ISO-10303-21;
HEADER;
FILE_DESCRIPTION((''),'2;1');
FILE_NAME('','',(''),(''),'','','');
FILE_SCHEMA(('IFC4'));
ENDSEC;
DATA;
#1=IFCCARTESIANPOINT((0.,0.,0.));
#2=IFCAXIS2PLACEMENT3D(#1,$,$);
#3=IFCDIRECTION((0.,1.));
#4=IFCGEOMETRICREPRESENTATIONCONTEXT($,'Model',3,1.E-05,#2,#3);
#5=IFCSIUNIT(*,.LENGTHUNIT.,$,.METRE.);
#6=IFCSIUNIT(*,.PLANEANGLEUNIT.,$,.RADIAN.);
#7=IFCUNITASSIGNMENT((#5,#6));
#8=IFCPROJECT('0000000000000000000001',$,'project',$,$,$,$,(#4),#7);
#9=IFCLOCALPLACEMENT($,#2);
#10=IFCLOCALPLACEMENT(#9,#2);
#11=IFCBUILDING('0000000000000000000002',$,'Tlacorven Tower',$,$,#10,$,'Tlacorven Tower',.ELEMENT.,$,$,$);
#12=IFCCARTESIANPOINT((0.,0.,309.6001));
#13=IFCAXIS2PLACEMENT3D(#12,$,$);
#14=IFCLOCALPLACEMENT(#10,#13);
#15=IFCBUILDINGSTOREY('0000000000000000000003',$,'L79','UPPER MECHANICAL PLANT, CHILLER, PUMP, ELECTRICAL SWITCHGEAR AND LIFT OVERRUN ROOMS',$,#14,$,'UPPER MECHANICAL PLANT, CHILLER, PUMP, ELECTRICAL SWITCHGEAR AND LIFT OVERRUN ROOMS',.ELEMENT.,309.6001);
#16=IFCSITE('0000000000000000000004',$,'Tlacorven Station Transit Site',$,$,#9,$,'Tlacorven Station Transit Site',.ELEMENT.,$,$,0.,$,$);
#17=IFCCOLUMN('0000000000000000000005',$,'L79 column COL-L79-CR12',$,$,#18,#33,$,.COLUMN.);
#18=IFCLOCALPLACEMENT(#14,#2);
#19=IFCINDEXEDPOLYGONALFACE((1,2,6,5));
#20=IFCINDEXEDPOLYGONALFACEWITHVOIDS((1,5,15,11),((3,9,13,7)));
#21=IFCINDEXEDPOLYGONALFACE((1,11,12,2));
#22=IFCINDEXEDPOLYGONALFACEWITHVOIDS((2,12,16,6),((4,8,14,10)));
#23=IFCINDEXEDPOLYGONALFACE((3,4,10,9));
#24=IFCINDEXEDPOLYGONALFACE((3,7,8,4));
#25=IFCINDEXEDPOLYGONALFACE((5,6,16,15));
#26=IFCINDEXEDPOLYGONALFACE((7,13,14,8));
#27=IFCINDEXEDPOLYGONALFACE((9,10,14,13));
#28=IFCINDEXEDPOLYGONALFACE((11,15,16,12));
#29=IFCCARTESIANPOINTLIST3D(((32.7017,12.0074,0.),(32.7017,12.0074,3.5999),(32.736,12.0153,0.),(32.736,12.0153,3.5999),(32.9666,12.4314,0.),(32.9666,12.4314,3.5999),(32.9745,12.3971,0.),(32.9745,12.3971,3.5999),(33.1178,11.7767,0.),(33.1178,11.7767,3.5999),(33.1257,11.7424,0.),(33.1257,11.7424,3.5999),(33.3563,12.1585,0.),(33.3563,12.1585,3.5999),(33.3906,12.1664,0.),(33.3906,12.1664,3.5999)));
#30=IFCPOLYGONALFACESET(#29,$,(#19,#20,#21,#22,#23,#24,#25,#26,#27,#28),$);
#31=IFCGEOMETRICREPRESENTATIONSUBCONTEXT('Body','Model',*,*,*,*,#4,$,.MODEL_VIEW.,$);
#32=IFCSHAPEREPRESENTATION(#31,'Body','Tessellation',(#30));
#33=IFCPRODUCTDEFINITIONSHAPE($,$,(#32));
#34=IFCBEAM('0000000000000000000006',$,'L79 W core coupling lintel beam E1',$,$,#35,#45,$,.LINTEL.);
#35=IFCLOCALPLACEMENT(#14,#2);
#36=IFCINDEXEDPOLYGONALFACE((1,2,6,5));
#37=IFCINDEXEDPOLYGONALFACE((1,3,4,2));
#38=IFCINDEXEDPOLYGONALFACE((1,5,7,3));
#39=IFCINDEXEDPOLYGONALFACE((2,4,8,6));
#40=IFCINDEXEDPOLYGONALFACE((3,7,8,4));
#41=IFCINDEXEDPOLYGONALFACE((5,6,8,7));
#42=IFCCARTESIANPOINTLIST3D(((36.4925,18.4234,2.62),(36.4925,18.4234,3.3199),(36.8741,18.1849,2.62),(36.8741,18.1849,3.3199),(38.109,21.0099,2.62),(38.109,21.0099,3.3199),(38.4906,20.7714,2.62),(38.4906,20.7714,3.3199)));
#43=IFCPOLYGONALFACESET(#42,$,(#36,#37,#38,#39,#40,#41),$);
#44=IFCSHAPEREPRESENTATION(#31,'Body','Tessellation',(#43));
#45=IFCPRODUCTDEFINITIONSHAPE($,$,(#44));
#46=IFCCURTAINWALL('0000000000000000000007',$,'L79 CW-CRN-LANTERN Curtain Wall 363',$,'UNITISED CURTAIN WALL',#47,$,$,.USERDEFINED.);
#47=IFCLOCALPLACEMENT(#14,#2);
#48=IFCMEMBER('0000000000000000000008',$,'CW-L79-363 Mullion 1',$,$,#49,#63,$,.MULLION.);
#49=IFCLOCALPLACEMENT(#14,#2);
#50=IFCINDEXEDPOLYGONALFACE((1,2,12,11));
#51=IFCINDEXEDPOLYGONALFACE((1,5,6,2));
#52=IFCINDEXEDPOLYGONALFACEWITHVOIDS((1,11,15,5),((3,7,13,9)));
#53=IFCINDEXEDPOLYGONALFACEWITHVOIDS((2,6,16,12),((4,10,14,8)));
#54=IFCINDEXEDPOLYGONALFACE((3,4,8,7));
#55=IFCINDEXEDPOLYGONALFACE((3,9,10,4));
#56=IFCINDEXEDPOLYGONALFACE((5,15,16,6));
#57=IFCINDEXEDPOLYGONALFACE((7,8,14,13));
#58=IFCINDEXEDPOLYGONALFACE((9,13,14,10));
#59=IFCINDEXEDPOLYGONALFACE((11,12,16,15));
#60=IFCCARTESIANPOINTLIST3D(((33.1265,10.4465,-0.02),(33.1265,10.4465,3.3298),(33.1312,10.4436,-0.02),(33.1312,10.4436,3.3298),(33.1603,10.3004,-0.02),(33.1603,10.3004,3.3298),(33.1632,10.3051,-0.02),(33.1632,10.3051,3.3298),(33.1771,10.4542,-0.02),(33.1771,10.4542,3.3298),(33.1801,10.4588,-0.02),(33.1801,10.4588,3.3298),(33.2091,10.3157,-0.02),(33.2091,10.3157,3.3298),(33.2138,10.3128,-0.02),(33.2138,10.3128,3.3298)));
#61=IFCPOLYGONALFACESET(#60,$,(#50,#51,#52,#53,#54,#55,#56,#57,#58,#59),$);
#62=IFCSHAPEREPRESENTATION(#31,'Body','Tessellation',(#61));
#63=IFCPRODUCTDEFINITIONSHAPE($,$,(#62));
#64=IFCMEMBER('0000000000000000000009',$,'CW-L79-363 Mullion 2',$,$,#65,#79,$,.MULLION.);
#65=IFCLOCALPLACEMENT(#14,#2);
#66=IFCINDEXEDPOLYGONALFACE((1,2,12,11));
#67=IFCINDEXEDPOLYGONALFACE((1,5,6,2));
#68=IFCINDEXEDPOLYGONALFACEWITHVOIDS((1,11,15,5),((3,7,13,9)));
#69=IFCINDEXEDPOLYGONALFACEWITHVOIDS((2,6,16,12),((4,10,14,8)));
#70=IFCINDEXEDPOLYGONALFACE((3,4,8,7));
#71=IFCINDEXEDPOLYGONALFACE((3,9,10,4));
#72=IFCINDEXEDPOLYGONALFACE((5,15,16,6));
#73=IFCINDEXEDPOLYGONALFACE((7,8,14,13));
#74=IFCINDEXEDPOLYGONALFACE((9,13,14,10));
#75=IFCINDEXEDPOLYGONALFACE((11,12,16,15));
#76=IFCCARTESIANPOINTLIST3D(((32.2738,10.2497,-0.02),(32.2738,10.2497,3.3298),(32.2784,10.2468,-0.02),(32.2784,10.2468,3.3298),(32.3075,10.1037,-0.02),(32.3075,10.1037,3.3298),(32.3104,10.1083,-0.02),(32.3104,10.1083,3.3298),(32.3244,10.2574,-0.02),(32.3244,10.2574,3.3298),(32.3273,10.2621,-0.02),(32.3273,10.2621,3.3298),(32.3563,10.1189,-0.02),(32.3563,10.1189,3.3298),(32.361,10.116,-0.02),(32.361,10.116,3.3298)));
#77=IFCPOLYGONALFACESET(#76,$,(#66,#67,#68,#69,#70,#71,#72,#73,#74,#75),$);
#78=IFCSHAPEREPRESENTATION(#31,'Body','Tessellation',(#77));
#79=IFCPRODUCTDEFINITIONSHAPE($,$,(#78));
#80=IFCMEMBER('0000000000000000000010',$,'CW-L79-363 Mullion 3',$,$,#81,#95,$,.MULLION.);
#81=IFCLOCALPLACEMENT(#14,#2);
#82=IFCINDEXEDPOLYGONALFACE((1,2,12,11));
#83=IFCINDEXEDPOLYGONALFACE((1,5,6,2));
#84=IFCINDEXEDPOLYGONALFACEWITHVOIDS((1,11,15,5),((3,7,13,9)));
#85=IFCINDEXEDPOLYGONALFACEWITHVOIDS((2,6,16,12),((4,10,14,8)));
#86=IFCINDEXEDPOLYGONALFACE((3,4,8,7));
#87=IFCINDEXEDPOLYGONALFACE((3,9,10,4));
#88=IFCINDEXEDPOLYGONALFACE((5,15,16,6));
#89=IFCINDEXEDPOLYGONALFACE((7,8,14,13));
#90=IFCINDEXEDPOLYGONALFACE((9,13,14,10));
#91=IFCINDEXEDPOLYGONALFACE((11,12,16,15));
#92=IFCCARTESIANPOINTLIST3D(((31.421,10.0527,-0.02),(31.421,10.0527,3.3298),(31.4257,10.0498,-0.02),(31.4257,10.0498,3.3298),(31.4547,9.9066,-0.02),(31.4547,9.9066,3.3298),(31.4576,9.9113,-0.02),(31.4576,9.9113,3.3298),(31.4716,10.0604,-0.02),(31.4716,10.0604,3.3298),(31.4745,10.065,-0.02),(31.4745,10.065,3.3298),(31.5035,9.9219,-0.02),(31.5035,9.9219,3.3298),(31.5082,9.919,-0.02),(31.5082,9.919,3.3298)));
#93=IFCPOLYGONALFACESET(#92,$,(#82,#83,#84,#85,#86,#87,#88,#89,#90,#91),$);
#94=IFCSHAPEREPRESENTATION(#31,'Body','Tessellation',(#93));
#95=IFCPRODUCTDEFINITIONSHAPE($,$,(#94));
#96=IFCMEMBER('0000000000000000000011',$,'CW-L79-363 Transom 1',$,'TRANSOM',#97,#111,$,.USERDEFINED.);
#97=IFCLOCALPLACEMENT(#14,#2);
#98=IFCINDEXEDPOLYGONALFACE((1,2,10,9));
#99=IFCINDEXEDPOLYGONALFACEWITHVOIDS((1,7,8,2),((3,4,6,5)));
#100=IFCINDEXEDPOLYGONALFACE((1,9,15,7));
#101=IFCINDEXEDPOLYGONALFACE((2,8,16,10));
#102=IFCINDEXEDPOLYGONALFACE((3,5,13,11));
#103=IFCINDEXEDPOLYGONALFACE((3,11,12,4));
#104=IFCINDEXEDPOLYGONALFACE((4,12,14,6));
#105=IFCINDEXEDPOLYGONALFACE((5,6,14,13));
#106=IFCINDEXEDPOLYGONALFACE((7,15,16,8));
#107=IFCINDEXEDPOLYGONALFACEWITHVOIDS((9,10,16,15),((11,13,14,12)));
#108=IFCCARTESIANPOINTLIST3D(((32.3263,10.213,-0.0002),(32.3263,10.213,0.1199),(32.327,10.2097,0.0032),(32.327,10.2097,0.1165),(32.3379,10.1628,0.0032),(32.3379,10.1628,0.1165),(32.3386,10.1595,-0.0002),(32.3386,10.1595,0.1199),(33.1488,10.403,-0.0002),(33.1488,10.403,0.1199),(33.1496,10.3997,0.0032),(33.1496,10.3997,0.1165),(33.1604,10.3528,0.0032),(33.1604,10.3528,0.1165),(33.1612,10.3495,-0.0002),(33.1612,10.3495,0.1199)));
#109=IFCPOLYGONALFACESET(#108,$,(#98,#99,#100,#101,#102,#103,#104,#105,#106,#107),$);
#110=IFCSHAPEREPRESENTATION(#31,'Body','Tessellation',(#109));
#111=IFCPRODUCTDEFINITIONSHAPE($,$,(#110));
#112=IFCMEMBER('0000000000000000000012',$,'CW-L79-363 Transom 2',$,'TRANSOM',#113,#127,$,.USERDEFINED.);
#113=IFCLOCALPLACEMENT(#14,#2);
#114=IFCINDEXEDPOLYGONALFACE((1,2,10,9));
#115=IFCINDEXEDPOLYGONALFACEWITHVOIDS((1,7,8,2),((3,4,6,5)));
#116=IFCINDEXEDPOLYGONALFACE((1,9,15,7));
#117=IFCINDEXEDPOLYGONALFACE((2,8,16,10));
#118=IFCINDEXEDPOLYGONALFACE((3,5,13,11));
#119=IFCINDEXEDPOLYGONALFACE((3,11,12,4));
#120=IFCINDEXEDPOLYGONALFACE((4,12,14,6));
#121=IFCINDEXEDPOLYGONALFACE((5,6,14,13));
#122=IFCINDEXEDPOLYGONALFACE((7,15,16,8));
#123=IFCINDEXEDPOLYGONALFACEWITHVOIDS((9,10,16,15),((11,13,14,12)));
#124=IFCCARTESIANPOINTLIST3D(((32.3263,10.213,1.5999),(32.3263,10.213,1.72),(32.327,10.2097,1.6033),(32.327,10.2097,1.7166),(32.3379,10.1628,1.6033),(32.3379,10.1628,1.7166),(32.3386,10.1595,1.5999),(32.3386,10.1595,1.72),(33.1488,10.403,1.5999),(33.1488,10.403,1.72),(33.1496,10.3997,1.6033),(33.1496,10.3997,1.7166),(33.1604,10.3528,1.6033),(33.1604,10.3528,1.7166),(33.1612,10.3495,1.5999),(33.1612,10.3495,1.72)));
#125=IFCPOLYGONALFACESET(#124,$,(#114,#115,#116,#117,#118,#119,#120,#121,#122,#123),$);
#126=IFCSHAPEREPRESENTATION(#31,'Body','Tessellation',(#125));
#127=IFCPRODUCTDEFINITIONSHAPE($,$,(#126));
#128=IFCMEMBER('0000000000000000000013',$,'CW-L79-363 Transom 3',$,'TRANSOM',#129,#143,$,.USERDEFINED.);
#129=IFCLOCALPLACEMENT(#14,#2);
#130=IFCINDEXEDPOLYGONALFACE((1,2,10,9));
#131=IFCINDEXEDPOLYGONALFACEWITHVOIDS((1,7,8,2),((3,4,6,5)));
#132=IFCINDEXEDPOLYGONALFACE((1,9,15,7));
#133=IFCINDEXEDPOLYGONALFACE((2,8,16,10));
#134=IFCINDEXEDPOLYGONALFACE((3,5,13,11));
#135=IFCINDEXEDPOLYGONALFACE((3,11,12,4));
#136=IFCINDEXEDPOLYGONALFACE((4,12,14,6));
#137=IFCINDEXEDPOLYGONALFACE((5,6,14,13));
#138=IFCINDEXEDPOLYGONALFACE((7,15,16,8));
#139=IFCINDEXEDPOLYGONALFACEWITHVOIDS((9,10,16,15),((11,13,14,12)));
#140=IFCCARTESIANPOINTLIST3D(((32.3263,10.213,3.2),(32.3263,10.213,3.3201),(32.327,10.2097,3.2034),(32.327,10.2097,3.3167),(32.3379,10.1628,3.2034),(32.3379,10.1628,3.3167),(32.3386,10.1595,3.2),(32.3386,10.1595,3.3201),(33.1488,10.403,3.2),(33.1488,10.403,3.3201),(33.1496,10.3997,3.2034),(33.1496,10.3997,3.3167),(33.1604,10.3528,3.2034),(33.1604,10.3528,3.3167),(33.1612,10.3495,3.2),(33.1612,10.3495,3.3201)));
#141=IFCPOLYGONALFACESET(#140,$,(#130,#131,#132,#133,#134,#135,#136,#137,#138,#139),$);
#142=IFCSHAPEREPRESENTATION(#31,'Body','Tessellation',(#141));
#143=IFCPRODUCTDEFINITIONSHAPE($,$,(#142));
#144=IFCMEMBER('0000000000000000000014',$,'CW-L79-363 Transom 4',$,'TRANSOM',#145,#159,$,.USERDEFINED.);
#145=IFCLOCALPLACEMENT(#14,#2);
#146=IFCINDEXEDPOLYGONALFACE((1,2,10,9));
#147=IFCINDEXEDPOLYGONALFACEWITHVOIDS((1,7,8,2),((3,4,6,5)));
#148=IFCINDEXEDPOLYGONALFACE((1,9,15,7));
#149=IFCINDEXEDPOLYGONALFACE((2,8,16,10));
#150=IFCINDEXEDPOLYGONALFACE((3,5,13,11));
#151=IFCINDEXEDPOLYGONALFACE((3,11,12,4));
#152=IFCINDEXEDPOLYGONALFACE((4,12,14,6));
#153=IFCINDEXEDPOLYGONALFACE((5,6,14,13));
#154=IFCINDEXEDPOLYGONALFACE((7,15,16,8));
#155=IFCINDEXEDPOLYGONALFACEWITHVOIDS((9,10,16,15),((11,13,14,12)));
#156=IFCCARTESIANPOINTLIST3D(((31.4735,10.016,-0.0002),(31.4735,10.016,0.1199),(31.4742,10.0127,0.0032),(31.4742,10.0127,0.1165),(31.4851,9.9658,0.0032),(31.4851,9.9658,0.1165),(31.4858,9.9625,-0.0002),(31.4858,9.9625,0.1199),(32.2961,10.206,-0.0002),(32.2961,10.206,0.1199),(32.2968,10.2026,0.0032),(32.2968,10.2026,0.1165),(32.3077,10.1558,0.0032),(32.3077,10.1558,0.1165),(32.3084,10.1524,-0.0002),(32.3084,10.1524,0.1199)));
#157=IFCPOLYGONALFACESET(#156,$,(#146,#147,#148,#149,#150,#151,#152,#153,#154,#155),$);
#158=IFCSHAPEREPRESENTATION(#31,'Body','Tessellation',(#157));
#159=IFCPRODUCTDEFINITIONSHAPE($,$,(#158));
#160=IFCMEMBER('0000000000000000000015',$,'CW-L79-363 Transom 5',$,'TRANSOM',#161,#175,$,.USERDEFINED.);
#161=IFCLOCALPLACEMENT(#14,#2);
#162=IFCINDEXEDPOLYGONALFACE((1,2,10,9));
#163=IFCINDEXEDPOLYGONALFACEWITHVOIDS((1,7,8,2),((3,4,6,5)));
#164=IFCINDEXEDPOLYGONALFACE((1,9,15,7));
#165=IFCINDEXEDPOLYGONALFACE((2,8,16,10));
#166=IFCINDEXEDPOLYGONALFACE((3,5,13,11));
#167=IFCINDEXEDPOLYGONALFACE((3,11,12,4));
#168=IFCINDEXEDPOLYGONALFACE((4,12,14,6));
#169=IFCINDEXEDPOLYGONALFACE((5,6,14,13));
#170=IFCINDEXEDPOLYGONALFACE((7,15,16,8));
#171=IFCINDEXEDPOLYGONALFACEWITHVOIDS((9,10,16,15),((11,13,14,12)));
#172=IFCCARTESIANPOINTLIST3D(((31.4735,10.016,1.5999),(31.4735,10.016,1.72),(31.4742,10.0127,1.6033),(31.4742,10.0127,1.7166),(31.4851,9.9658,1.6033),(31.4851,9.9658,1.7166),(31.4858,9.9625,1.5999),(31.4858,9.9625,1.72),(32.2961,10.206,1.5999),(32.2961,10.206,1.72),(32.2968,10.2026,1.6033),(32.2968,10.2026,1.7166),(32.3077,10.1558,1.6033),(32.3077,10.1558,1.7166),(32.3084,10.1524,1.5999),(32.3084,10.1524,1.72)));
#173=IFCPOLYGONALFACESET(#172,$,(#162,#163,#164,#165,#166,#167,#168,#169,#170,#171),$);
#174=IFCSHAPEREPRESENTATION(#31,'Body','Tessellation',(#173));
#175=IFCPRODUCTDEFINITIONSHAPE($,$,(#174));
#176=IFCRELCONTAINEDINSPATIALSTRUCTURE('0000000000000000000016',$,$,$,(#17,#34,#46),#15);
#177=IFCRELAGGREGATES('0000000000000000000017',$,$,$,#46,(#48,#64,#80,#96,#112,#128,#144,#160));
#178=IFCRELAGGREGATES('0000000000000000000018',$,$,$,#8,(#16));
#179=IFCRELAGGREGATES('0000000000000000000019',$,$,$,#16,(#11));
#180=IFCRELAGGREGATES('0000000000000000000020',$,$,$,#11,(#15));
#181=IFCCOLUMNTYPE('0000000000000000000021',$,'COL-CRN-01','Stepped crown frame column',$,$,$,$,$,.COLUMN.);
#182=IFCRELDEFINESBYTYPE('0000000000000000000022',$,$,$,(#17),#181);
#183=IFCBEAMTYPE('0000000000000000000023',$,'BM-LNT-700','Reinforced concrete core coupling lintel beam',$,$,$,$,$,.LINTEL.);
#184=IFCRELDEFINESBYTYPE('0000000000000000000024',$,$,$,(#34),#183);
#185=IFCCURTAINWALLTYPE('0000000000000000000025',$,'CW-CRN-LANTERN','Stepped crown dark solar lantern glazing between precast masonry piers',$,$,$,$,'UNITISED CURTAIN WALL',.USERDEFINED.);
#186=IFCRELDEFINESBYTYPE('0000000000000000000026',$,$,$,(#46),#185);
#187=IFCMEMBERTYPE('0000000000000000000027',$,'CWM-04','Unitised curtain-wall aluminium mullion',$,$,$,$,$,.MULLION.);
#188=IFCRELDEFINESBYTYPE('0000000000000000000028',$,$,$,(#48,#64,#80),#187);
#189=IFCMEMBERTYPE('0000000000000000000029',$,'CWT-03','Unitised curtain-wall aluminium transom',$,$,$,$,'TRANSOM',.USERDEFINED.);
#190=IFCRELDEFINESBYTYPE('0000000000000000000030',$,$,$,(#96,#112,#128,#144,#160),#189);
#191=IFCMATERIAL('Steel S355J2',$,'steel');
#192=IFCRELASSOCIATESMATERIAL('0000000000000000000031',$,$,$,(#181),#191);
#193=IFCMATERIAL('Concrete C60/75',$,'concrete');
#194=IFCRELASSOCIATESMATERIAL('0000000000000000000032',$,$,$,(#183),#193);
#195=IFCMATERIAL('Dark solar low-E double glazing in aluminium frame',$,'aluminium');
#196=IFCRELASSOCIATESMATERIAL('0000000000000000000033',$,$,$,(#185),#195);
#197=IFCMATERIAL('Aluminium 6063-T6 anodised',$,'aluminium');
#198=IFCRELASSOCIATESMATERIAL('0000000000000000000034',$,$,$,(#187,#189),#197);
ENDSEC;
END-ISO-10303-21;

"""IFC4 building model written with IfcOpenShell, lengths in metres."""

from ifc_helpers import new_model, si_unit, direction, frame, origin, origin_2d, place, context, subcontext, project, spatial, rectangle, hollow_rectangle, extrude, source, transform, mapped, material, material_profile, profile_set, type_object, element, aggregate, save


model = new_model("IFC4")

# Units and contexts
model_context = context("Model", 3, precision=1e-05, world=origin(), true_north=direction((0.0, 1.0)))
body_context = subcontext(model_context, "Body", "Model", "MODEL_VIEW")
ifc_project = project(units=[si_unit("LENGTHUNIT", "METRE"), si_unit("PLANEANGLEUNIT", "RADIAN")], contexts=[model_context])

# Site, building, storey
site_placement = place(None, origin())
site = spatial("IfcSite", under=ifc_project, at=site_placement, Name="Tlacorven Station Transit Site", LongName="Tlacorven Station Transit Site", CompositionType="ELEMENT", RefElevation=0.0)
building_placement = place(site_placement, origin())
building = spatial("IfcBuilding", under=site, at=building_placement, Name="Tlacorven Tower", LongName="Tlacorven Tower", CompositionType="ELEMENT")
storey_placement = place(building_placement, frame((0.0, 0.0, 309.6001)))
storey = spatial("IfcBuildingStorey", under=building, at=storey_placement, Name="L79", Description="UPPER MECHANICAL PLANT, CHILLER, PUMP, ELECTRICAL SWITCHGEAR AND LIFT OVERRUN ROOMS", LongName="UPPER MECHANICAL PLANT, CHILLER, PUMP, ELECTRICAL SWITCHGEAR AND LIFT OVERRUN ROOMS", CompositionType="ELEMENT", Elevation=309.6001)

# Column
ifc_material_1 = material(Name="Steel S355J2", Category="steel")
ifc_material_profile_1 = material_profile(ifc_material_1, hollow_rectangle(XDim=0.5, YDim=0.5, WallThickness=0.0249, at=origin_2d()), Name="BOX 500X500X25")
ifc_profile_set_1 = profile_set([ifc_material_profile_1], Name="Steel S355J2")
column_type = type_object("IfcColumnType", Name="COL-CRN-01", Description="Stepped crown frame column", PredefinedType="COLUMN", material=ifc_profile_set_1)
shared_shape_1 = source(origin(), body_context, "Body", "SweptSolid", [
    extrude(hollow_rectangle(XDim=0.5, YDim=0.5, WallThickness=0.0249, at=origin_2d()), origin(), (0.0, 0.0, 1.0), 3.5999),
])
column_placement = place(storey_placement, frame((33.0461, 12.0869, 0.0), z_axis=(0.0, 0.0, 1.0), x_axis=(-0.848048, 0.529919, 0.0)))
element("IfcColumn", 1, at=column_placement, inside=storey, type_object=column_type, Name="L79 column COL-L79-CR12", PredefinedType="COLUMN", context=body_context, shape_type="MappedRepresentation", body=[
    mapped(shared_shape_1, transform((0.0, 0.0, 0.0), scale=1.0)),
])

# Beam
ifc_material_2 = material(Name="Concrete C60/75", Category="concrete")
ifc_material_profile_2 = material_profile(ifc_material_2, rectangle(XDim=0.45, YDim=0.7, at=origin_2d()), Name="RC 450X700")
ifc_profile_set_2 = profile_set([ifc_material_profile_2], Name="Concrete C60/75")
beam_type = type_object("IfcBeamType", Name="BM-LNT-700", Description="Reinforced concrete core coupling lintel beam", PredefinedType="LINTEL", material=ifc_profile_set_2)
shared_shape_2 = source(origin(), body_context, "Body", "SweptSolid", [
    extrude(rectangle(XDim=0.45, YDim=0.7, at=origin_2d()), origin(), (0.0, 0.0, 1.0), 3.05),
])
beam_placement = place(storey_placement, frame((38.2998, 20.8906, 2.97), z_axis=(-0.529985, -0.848007, 0.0), x_axis=(0.848007, -0.529985, 0.0)))
element("IfcBeam", 2, at=beam_placement, inside=storey, type_object=beam_type, Name="L79 W core coupling lintel beam E1", PredefinedType="LINTEL", context=body_context, shape_type="MappedRepresentation", body=[
    mapped(shared_shape_2, transform((0.0, 0.0, 0.0), scale=1.0)),
])

# Curtain wall, members
ifc_material_3 = material(Name="Dark solar low-E double glazing in aluminium frame", Category="aluminium")
curtain_wall_type = type_object("IfcCurtainWallType", Name="CW-CRN-LANTERN", Description="Stepped crown dark solar lantern glazing between precast masonry piers", ElementType="UNITISED CURTAIN WALL", PredefinedType="USERDEFINED", material=ifc_material_3)
curtain_wall_placement = place(storey_placement, origin())
curtain_wall = element("IfcCurtainWall", 3, at=curtain_wall_placement, inside=storey, type_object=curtain_wall_type, Name="L79 CW-CRN-LANTERN Curtain Wall 363", ObjectType="UNITISED CURTAIN WALL", PredefinedType="USERDEFINED")
ifc_material_4 = material(Name="Aluminium 6063-T6 anodised", Category="aluminium")
ifc_material_profile_3 = material_profile(ifc_material_4, hollow_rectangle(XDim=0.0549, YDim=0.1499, WallThickness=0.0039, at=origin_2d()), Name="ALU MULLION 55X150")
ifc_profile_set_3 = profile_set([ifc_material_profile_3], Name="Aluminium 6063-T6 anodised")
member_type_1 = type_object("IfcMemberType", Name="CWM-04", Description="Unitised curtain-wall aluminium mullion", PredefinedType="MULLION", material=ifc_profile_set_3)
shared_shape_3 = source(origin(), body_context, "Body", "SweptSolid", [
    extrude(hollow_rectangle(XDim=0.0549, YDim=0.1499, WallThickness=0.0039, at=origin_2d()), origin(), (0.0, 0.0, 1.0), 3.3499),
])
member_1_placement = place(storey_placement, frame((33.1702, 10.3796, -0.02), z_axis=(0.0, 0.0, 1.0), x_axis=(-0.97437, -0.22495, 0.0)))
member_1 = element("IfcMember", 4, at=member_1_placement, type_object=member_type_1, Name="CW-L79-363 Mullion 1", PredefinedType="MULLION", context=body_context, shape_type="MappedRepresentation", body=[
    mapped(shared_shape_3, transform((0.0, 0.0, 0.0), scale=1.0)),
])
member_2_placement = place(storey_placement, frame((32.3174, 10.1829, -0.02), z_axis=(0.0, 0.0, 1.0), x_axis=(-0.97437, -0.22495, 0.0)))
member_2 = element("IfcMember", 5, at=member_2_placement, type_object=member_type_1, Name="CW-L79-363 Mullion 2", PredefinedType="MULLION", context=body_context, shape_type="MappedRepresentation", body=[
    mapped(shared_shape_3, transform((0.0, 0.0, 0.0), scale=1.0)),
])
member_3_placement = place(storey_placement, frame((31.4646, 9.9858, -0.02), z_axis=(0.0, 0.0, 1.0), x_axis=(-0.97437, -0.22495, 0.0)))
member_3 = element("IfcMember", 6, at=member_3_placement, type_object=member_type_1, Name="CW-L79-363 Mullion 3", PredefinedType="MULLION", context=body_context, shape_type="MappedRepresentation", body=[
    mapped(shared_shape_3, transform((0.0, 0.0, 0.0), scale=1.0)),
])
ifc_material_profile_4 = material_profile(ifc_material_4, hollow_rectangle(XDim=0.0549, YDim=0.1201, WallThickness=0.0034, at=origin_2d()), Name="ALU TRANSOM 55X120")
ifc_profile_set_4 = profile_set([ifc_material_profile_4], Name="Aluminium 6063-T6 anodised")
member_type_2 = type_object("IfcMemberType", Name="CWT-03", Description="Unitised curtain-wall aluminium transom", ElementType="TRANSOM", PredefinedType="USERDEFINED", material=ifc_profile_set_4)
shared_shape_4 = source(origin(), body_context, "Body", "SweptSolid", [
    extrude(hollow_rectangle(XDim=0.0549, YDim=0.1201, WallThickness=0.0034, at=origin_2d()), origin(), (0.0, 0.0, 1.0), 0.8442),
])
member_4_placement = place(storey_placement, frame((33.155, 10.3762, 0.0598), z_axis=(-0.974357, -0.225007, 0.0), x_axis=(0.225007, -0.974357, 0.0)))
member_4 = element("IfcMember", 7, at=member_4_placement, type_object=member_type_2, Name="CW-L79-363 Transom 1", ObjectType="TRANSOM", PredefinedType="USERDEFINED", context=body_context, shape_type="MappedRepresentation", body=[
    mapped(shared_shape_4, transform((0.0, 0.0, 0.0), scale=1.0)),
])
member_5_placement = place(storey_placement, frame((33.155, 10.3762, 1.6599), z_axis=(-0.974357, -0.225007, 0.0), x_axis=(0.225007, -0.974357, 0.0)))
member_5 = element("IfcMember", 8, at=member_5_placement, type_object=member_type_2, Name="CW-L79-363 Transom 2", ObjectType="TRANSOM", PredefinedType="USERDEFINED", context=body_context, shape_type="MappedRepresentation", body=[
    mapped(shared_shape_4, transform((0.0, 0.0, 0.0), scale=1.0)),
])
member_6_placement = place(storey_placement, frame((33.155, 10.3762, 3.26), z_axis=(-0.974357, -0.225007, 0.0), x_axis=(0.225007, -0.974357, 0.0)))
member_6 = element("IfcMember", 9, at=member_6_placement, type_object=member_type_2, Name="CW-L79-363 Transom 3", ObjectType="TRANSOM", PredefinedType="USERDEFINED", context=body_context, shape_type="MappedRepresentation", body=[
    mapped(shared_shape_4, transform((0.0, 0.0, 0.0), scale=1.0)),
])
member_7_placement = place(storey_placement, frame((32.3022, 10.1792, 0.0598), z_axis=(-0.974357, -0.225007, 0.0), x_axis=(0.225007, -0.974357, 0.0)))
member_7 = element("IfcMember", 10, at=member_7_placement, type_object=member_type_2, Name="CW-L79-363 Transom 4", ObjectType="TRANSOM", PredefinedType="USERDEFINED", context=body_context, shape_type="MappedRepresentation", body=[
    mapped(shared_shape_4, transform((0.0, 0.0, 0.0), scale=1.0)),
])
member_8_placement = place(storey_placement, frame((32.3022, 10.1792, 1.6599), z_axis=(-0.974357, -0.225007, 0.0), x_axis=(0.225007, -0.974357, 0.0)))
member_8 = element("IfcMember", 11, at=member_8_placement, type_object=member_type_2, Name="CW-L79-363 Transom 5", ObjectType="TRANSOM", PredefinedType="USERDEFINED", context=body_context, shape_type="MappedRepresentation", body=[
    mapped(shared_shape_4, transform((0.0, 0.0, 0.0), scale=1.0)),
])
aggregate(curtain_wall, [member_1, member_2, member_3, member_4, member_5, member_6, member_7, member_8])

save(model, "model.ifc")
